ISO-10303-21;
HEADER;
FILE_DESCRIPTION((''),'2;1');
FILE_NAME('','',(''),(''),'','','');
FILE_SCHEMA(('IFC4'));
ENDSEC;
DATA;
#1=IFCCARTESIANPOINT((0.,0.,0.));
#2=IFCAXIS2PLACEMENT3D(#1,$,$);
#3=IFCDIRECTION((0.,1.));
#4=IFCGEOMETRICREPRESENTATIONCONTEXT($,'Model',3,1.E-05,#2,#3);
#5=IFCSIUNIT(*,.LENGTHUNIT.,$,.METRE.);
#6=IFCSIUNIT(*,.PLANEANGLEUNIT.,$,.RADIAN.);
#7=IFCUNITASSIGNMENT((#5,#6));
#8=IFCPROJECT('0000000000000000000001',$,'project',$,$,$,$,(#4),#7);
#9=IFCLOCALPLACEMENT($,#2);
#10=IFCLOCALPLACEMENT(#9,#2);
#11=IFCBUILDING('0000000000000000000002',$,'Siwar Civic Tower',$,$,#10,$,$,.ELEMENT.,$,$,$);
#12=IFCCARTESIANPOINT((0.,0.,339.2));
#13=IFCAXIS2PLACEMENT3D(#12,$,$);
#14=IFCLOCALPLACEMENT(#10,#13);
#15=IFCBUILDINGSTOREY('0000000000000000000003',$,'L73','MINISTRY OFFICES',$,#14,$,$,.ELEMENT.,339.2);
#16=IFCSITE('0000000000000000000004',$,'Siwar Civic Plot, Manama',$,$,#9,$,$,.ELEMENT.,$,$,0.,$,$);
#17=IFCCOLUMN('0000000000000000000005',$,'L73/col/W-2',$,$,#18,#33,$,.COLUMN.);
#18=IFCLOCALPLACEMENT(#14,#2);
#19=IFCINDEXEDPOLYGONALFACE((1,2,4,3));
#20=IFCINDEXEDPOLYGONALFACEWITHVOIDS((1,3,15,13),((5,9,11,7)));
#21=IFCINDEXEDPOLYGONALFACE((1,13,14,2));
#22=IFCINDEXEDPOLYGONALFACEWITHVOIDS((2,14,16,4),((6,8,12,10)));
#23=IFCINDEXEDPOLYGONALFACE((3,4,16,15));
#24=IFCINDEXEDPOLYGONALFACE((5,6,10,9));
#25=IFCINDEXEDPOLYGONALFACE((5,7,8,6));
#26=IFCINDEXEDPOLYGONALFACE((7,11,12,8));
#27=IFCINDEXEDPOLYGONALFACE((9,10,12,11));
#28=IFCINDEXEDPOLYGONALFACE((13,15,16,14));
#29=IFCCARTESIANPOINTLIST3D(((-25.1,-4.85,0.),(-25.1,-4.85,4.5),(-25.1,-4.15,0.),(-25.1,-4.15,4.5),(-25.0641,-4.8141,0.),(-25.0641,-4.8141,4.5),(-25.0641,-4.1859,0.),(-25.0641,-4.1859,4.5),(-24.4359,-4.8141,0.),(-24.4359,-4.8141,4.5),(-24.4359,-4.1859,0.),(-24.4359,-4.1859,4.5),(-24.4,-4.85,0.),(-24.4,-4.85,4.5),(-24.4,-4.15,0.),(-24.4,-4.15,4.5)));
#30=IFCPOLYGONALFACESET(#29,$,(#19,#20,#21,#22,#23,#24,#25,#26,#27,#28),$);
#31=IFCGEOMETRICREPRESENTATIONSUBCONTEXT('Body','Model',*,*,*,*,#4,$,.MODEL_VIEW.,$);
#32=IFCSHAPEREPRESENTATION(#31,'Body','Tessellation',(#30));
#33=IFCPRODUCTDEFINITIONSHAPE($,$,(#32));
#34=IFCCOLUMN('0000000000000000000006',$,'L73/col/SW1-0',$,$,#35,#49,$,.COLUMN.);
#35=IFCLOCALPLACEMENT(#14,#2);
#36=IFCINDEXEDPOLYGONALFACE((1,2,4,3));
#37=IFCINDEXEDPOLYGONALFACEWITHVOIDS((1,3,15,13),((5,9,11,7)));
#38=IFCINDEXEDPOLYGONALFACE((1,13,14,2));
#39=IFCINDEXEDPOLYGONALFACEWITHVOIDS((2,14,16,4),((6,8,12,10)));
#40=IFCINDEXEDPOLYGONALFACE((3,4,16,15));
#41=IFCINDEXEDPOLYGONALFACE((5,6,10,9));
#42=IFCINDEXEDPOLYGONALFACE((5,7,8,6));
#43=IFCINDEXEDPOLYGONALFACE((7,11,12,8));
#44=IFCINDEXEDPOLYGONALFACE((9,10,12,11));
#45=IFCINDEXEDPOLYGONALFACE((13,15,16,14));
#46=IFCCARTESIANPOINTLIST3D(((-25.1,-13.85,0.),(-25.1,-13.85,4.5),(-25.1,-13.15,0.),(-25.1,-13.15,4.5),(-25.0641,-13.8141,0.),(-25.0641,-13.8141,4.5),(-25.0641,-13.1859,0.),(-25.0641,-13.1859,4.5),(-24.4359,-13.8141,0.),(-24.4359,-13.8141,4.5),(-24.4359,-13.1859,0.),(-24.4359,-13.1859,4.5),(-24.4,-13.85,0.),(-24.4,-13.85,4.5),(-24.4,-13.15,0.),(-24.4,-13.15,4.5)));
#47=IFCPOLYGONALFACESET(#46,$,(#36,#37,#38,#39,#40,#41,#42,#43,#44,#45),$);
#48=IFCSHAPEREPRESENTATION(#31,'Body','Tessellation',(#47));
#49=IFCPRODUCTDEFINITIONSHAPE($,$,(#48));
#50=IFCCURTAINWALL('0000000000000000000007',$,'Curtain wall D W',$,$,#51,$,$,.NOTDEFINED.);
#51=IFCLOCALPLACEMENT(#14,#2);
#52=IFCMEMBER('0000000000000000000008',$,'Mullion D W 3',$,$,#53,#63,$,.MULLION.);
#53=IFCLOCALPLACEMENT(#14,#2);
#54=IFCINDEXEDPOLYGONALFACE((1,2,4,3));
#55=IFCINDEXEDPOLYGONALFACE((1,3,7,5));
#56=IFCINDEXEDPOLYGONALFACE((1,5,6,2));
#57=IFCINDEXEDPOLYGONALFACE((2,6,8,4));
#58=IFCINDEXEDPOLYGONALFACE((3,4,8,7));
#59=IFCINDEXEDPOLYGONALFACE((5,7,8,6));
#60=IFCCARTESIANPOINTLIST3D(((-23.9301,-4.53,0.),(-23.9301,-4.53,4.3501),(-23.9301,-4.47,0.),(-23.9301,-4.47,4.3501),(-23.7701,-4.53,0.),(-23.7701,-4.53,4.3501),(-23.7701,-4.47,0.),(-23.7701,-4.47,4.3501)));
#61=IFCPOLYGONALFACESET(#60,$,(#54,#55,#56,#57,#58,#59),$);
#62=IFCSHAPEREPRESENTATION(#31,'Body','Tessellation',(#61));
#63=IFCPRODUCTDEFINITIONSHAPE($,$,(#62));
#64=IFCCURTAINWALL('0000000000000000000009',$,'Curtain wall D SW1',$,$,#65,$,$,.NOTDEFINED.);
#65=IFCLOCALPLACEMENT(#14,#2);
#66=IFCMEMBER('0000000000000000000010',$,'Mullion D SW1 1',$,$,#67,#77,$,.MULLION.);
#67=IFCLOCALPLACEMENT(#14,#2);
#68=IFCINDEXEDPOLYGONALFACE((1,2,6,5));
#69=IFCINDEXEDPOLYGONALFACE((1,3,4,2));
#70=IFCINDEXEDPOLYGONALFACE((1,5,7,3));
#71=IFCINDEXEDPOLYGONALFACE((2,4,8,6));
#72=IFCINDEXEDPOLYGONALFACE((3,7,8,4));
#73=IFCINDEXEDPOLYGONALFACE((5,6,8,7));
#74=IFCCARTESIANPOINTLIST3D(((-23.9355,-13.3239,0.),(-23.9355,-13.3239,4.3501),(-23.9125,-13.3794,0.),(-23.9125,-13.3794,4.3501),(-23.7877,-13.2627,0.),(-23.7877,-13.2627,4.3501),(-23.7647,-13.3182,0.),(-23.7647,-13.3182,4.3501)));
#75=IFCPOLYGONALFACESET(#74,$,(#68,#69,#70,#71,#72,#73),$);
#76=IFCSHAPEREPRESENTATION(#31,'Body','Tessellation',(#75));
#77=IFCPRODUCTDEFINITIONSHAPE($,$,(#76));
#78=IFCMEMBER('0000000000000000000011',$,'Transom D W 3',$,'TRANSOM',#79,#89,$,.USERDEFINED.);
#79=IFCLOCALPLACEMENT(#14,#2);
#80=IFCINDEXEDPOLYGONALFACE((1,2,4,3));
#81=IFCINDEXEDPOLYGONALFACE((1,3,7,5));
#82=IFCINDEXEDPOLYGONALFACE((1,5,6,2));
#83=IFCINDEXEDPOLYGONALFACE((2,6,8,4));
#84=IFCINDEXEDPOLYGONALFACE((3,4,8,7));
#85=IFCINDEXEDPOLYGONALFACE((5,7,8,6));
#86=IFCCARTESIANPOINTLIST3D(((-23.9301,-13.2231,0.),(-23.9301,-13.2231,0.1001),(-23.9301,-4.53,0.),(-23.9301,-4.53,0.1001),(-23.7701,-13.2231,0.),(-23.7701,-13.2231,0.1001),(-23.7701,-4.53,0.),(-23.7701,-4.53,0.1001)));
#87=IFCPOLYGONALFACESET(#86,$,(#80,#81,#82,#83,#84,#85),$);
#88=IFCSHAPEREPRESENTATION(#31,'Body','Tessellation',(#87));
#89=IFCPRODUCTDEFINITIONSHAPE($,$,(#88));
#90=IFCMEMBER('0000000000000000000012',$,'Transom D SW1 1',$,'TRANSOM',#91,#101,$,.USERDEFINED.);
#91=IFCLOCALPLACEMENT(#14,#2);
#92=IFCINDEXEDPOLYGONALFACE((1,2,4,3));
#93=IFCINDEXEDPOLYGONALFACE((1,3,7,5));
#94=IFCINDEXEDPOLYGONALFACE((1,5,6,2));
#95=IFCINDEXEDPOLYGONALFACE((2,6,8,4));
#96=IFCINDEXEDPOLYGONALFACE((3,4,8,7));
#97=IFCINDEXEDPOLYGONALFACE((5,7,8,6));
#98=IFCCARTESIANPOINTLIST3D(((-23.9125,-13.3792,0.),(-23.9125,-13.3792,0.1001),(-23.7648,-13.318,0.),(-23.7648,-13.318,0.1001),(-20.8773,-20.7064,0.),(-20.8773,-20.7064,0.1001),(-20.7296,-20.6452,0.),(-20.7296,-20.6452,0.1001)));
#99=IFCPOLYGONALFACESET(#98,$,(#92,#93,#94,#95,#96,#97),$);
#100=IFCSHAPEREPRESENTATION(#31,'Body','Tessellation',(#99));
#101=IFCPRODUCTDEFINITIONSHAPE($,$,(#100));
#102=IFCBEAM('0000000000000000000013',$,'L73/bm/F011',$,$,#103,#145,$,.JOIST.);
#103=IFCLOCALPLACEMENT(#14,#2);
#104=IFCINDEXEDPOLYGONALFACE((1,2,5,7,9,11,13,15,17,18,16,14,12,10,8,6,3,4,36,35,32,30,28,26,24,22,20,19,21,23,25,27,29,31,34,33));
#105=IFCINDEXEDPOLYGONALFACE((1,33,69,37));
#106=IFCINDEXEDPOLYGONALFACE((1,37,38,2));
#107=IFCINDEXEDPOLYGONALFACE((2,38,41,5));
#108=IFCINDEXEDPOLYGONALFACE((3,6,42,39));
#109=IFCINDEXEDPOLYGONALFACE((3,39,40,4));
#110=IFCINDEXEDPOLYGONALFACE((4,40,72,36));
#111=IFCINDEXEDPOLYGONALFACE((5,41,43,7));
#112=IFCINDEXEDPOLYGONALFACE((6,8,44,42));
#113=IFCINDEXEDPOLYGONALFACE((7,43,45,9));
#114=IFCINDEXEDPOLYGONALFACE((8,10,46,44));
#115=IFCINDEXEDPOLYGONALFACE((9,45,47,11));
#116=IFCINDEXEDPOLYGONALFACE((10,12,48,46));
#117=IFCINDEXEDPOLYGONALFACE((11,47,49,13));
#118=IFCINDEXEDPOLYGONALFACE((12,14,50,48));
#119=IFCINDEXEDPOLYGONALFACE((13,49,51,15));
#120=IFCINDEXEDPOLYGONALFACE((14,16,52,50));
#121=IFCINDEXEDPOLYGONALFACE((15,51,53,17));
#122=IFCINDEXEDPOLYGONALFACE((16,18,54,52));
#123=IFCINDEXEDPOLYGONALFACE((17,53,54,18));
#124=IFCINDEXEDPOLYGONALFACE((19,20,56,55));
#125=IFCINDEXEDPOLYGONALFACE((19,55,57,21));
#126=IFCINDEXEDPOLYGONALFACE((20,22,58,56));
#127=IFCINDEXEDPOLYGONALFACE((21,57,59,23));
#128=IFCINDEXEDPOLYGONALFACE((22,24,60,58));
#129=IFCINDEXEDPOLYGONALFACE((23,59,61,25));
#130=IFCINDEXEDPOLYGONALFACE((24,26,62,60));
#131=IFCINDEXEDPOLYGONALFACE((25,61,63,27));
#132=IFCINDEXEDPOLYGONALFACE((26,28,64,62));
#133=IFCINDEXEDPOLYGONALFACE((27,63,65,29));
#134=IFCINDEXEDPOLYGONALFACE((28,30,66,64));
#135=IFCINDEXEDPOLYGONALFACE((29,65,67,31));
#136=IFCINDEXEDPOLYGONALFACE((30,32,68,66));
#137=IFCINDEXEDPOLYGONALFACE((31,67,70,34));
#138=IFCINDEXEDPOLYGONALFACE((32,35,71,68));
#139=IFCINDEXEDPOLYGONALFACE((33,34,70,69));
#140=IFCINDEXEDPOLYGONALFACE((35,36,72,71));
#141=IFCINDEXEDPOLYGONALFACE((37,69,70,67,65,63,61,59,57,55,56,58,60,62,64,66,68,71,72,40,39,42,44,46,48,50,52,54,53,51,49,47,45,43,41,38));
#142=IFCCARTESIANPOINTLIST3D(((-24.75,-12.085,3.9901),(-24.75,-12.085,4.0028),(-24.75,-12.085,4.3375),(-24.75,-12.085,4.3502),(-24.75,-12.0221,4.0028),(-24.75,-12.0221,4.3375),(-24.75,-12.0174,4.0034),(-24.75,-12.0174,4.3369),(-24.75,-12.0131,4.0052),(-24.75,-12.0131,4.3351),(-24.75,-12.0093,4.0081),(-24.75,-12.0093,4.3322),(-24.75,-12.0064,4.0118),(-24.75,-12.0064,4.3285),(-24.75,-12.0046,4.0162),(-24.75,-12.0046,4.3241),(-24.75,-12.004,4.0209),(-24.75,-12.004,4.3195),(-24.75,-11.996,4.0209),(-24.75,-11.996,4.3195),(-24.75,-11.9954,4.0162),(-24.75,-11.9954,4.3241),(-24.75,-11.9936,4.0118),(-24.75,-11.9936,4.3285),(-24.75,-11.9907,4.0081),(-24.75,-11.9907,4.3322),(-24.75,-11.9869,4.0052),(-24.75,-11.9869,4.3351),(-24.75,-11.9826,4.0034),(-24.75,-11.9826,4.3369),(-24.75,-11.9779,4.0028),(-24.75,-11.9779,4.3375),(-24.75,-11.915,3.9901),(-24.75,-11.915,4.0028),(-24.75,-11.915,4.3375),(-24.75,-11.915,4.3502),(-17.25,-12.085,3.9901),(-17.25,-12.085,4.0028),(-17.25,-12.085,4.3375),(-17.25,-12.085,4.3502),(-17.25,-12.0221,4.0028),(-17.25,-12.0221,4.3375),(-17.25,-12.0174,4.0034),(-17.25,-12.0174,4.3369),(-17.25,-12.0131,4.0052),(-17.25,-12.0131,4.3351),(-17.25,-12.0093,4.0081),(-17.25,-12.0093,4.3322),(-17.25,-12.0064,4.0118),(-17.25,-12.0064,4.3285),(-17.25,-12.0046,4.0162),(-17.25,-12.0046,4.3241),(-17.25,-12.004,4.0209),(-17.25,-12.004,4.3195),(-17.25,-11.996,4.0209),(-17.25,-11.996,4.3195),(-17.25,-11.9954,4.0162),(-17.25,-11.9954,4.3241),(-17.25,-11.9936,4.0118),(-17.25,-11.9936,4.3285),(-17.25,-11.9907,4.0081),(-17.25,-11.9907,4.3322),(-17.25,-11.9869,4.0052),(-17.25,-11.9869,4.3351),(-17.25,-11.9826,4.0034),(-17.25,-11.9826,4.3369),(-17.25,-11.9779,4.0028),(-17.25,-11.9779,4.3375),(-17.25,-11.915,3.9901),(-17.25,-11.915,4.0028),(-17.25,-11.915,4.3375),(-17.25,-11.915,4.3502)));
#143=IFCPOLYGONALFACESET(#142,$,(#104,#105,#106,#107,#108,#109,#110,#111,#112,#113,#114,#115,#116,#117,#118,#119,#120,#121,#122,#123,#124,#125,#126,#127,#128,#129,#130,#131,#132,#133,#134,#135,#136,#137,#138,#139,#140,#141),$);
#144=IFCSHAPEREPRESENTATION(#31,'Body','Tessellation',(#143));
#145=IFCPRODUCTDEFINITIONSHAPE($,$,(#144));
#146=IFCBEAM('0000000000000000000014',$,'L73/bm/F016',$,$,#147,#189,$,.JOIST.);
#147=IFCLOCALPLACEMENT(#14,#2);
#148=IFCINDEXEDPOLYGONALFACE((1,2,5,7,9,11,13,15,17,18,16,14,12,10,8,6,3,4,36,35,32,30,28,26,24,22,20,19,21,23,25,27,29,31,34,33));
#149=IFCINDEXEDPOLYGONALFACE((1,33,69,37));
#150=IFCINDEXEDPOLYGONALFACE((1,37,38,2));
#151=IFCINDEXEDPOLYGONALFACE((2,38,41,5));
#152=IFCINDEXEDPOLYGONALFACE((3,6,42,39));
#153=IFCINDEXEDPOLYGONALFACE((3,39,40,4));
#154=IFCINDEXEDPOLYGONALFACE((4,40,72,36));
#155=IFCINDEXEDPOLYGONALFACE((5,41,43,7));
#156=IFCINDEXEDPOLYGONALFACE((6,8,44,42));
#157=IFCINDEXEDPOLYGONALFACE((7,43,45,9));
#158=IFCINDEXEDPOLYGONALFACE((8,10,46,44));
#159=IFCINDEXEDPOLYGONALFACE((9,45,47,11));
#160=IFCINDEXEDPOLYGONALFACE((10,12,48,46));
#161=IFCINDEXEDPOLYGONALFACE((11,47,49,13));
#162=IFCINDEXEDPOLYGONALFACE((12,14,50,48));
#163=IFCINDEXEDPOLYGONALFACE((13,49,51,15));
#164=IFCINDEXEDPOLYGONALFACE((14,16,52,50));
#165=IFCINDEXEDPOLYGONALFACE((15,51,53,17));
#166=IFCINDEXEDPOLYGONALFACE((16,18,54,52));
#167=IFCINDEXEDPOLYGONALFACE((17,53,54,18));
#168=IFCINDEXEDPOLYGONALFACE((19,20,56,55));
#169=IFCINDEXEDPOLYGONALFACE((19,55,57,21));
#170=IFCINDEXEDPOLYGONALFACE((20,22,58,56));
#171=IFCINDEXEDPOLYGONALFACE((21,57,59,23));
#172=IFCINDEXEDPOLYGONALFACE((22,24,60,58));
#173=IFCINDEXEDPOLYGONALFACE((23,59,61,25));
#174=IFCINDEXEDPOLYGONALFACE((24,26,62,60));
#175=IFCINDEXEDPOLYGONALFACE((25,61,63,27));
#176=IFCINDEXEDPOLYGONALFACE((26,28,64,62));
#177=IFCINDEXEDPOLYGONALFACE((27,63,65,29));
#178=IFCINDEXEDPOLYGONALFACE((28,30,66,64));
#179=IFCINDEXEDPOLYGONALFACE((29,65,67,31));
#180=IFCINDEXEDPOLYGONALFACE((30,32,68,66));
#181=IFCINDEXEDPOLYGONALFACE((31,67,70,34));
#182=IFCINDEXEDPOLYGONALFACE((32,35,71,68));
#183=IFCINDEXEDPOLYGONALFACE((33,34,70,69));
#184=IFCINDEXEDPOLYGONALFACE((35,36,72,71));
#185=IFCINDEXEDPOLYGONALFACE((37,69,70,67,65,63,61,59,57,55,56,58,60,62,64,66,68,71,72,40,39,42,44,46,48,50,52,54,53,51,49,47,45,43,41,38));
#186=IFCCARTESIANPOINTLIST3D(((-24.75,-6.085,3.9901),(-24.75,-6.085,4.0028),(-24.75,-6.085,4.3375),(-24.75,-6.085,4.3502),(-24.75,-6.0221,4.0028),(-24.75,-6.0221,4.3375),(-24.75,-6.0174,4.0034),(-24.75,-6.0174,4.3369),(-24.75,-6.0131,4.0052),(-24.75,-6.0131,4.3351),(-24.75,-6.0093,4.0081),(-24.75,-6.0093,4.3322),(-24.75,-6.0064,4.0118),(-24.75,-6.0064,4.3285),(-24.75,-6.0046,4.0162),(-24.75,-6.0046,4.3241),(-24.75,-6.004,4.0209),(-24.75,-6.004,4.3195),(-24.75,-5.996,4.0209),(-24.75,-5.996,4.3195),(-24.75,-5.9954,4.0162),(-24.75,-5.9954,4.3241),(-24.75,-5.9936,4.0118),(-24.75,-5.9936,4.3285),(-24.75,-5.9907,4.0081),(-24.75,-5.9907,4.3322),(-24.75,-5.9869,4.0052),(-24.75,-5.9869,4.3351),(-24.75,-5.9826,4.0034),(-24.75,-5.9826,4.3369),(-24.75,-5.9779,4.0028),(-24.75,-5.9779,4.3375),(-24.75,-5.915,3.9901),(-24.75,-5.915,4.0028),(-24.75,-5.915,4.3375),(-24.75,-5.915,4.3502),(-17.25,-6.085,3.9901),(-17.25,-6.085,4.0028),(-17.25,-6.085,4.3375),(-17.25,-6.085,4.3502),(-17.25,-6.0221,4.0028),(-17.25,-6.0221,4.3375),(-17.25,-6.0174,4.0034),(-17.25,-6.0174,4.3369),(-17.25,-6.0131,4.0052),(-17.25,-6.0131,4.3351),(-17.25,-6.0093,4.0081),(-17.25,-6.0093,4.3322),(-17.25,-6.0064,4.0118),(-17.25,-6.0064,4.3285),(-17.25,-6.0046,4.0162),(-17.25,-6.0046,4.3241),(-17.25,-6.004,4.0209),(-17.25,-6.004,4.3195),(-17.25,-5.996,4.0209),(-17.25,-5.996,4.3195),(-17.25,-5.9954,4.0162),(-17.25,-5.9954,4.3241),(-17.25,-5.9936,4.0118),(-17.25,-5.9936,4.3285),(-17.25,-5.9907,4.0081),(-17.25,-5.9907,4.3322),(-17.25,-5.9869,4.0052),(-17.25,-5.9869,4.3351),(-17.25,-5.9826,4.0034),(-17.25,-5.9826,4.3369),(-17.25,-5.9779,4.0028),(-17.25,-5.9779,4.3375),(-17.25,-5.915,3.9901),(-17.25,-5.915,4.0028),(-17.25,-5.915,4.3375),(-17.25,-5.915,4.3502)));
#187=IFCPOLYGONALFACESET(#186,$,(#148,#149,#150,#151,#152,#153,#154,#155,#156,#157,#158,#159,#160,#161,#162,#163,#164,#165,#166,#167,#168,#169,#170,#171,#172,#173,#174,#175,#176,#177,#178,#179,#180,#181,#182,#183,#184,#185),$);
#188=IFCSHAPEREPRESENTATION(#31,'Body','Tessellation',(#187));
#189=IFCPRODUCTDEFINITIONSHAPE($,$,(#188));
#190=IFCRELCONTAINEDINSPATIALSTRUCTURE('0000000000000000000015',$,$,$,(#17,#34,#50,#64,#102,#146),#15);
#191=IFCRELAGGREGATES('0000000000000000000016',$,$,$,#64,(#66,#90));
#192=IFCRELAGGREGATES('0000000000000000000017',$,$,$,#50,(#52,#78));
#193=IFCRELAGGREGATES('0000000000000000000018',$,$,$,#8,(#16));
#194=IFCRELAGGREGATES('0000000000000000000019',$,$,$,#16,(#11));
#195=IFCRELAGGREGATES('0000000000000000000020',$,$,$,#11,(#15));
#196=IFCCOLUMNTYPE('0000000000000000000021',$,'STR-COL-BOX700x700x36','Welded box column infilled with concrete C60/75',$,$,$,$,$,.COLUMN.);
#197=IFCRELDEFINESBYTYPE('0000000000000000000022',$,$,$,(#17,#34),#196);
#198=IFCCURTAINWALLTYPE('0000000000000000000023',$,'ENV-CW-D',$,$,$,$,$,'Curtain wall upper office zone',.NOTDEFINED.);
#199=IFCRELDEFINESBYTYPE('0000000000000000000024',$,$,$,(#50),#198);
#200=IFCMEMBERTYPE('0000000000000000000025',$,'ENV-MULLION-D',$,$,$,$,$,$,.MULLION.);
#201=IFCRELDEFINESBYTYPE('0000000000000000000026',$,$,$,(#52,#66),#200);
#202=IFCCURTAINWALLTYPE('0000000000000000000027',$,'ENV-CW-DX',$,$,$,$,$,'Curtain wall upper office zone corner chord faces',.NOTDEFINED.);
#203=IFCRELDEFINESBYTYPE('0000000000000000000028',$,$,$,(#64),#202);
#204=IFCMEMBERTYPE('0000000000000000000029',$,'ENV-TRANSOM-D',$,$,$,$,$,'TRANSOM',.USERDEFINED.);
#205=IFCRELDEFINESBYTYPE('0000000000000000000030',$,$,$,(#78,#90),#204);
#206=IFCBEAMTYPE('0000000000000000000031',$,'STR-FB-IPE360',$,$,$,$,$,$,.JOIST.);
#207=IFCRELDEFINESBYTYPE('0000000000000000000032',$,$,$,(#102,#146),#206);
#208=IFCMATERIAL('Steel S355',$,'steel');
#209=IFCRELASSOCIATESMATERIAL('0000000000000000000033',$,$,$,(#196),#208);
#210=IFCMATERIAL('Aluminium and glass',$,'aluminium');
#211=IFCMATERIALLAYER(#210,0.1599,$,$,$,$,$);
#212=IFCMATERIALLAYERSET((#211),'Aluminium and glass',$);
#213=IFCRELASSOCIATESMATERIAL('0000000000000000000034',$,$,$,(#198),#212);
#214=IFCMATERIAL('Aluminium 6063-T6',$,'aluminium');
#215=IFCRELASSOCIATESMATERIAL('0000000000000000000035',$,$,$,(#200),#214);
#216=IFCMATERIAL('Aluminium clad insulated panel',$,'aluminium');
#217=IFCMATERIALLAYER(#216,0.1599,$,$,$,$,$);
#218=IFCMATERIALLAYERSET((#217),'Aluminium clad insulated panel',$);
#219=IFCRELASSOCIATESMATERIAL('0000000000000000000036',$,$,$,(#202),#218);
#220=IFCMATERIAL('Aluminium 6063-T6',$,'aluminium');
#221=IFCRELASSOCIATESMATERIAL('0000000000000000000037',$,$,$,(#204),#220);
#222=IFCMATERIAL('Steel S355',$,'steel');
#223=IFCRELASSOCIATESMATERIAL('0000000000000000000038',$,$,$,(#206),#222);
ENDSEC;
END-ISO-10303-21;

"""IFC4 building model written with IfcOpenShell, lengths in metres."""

from ifc_helpers import new_model, si_unit, direction, frame, origin, origin_2d, place, context, subcontext, project, spatial, rectangle, hollow_rectangle, i_section, extrude, material, layer, layer_set, material_profile, profile_set, type_object, element, aggregate, save


model = new_model("IFC4")

# Units and contexts
model_context = context("Model", 3, precision=1e-05, world=origin(), true_north=direction((0.0, 1.0)))
body_context = subcontext(model_context, "Body", "Model", "MODEL_VIEW")
ifc_project = project(units=[si_unit("LENGTHUNIT", "METRE"), si_unit("PLANEANGLEUNIT", "RADIAN")], contexts=[model_context])

# Site, building, storey
site_placement = place(None, origin())
site = spatial("IfcSite", under=ifc_project, at=site_placement, Name="Siwar Civic Plot, Manama", CompositionType="ELEMENT", RefElevation=0.0)
building_placement = place(site_placement, origin())
building = spatial("IfcBuilding", under=site, at=building_placement, Name="Siwar Civic Tower", CompositionType="ELEMENT")
storey_placement = place(building_placement, frame((0.0, 0.0, 339.2)))
storey = spatial("IfcBuildingStorey", under=building, at=storey_placement, Name="L73", Description="MINISTRY OFFICES", CompositionType="ELEMENT", Elevation=339.2)

# Columns
ifc_material_1 = material(Name="Steel S355", Category="steel")
ifc_material_profile_1 = material_profile(ifc_material_1, hollow_rectangle(XDim=0.7, YDim=0.7, WallThickness=0.0359, at=origin_2d()), Name="BOX700x700x36")
ifc_profile_set_1 = profile_set([ifc_material_profile_1], Name="Steel S355")
column_type = type_object("IfcColumnType", Name="STR-COL-BOX700x700x36", Description="Welded box column infilled with concrete C60/75", PredefinedType="COLUMN", material=ifc_profile_set_1)
for number, where, z_axis, x_axis, name in (
    (1, (-24.75, -4.5, 0.0), (0.0, 0.0, 1.0), (1.0, 0.0, 0.0), "L73/col/W-2"),
    (2, (-24.75, -13.5, 0.0), (0.0, 0.0, 1.0), (1.0, 0.0, 0.0), "L73/col/SW1-0"),
):
    element("IfcColumn", number, at=place(storey_placement, frame(where, z_axis=z_axis, x_axis=x_axis)), inside=storey, type_object=column_type, Name=name, PredefinedType="COLUMN", context=body_context, shape_type="SweptSolid", body=[
        extrude(hollow_rectangle(XDim=0.7, YDim=0.7, WallThickness=0.0359, at=origin_2d()), origin(), (0.0, 0.0, 1.0), 4.5),
    ])

# Curtain walls, members
ifc_material_2 = material(Name="Aluminium and glass", Category="aluminium")
ifc_layer_1 = layer(ifc_material_2, 0.1599)
ifc_layer_set_1 = layer_set([ifc_layer_1], Name="Aluminium and glass")
curtain_wall_type_1 = type_object("IfcCurtainWallType", Name="ENV-CW-D", ElementType="Curtain wall upper office zone", PredefinedType="NOTDEFINED", material=ifc_layer_set_1)
curtain_wall_1_placement = place(storey_placement, origin())
curtain_wall_1 = element("IfcCurtainWall", 3, at=curtain_wall_1_placement, inside=storey, type_object=curtain_wall_type_1, Name="Curtain wall D W", PredefinedType="NOTDEFINED")
ifc_material_3 = material(Name="Aluminium 6063-T6", Category="aluminium")
ifc_material_profile_2 = material_profile(ifc_material_3, rectangle(XDim=0.1599, YDim=0.0601, at=origin_2d()), Name="AL 160x60")
ifc_profile_set_2 = profile_set([ifc_material_profile_2], Name="Aluminium 6063-T6")
member_type_1 = type_object("IfcMemberType", Name="ENV-MULLION-D", PredefinedType="MULLION", material=ifc_profile_set_2)
member_1_placement = place(storey_placement, frame((-23.8501, -4.5, 0.0), z_axis=(0.0, 0.0, 1.0), x_axis=(1.0, 0.0, 0.0)))
member_1 = element("IfcMember", 4, at=member_1_placement, type_object=member_type_1, Name="Mullion D W 3", PredefinedType="MULLION", context=body_context, shape_type="SweptSolid", body=[
    extrude(rectangle(XDim=0.1599, YDim=0.0601, at=origin_2d()), origin(), (0.0, 0.0, 1.0), 4.3501),
])
ifc_material_4 = material(Name="Aluminium clad insulated panel", Category="aluminium")
ifc_layer_2 = layer(ifc_material_4, 0.1599)
ifc_layer_set_2 = layer_set([ifc_layer_2], Name="Aluminium clad insulated panel")
curtain_wall_type_2 = type_object("IfcCurtainWallType", Name="ENV-CW-DX", ElementType="Curtain wall upper office zone corner chord faces", PredefinedType="NOTDEFINED", material=ifc_layer_set_2)
curtain_wall_2_placement = place(storey_placement, origin())
curtain_wall_2 = element("IfcCurtainWall", 5, at=curtain_wall_2_placement, inside=storey, type_object=curtain_wall_type_2, Name="Curtain wall D SW1", PredefinedType="NOTDEFINED")
member_2_placement = place(storey_placement, frame((-23.8501, -13.321, 0.0), z_axis=(0.0, 0.0, 1.0), x_axis=(0.92388, 0.382683, 0.0)))
member_2 = element("IfcMember", 6, at=member_2_placement, type_object=member_type_1, Name="Mullion D SW1 1", PredefinedType="MULLION", context=body_context, shape_type="SweptSolid", body=[
    extrude(rectangle(XDim=0.1599, YDim=0.0601, at=origin_2d()), origin(), (0.0, 0.0, 1.0), 4.3501),
])

# Members
ifc_material_5 = material(Name="Aluminium 6063-T6", Category="aluminium")
ifc_material_profile_3 = material_profile(ifc_material_5, rectangle(XDim=0.1599, YDim=0.1001, at=origin_2d()), Name="AL 160x100")
ifc_profile_set_3 = profile_set([ifc_material_profile_3], Name="Aluminium 6063-T6")
member_type_2 = type_object("IfcMemberType", Name="ENV-TRANSOM-D", ElementType="TRANSOM", PredefinedType="USERDEFINED", material=ifc_profile_set_3)
member_3_placement = place(storey_placement, frame((-23.8501, -4.53, 0.05), z_axis=(0.0, -1.0, 0.0), x_axis=(1.0, 0.0, 0.0)))
member_3 = element("IfcMember", 7, at=member_3_placement, type_object=member_type_2, Name="Transom D W 3", ObjectType="TRANSOM", PredefinedType="USERDEFINED", context=body_context, shape_type="SweptSolid", body=[
    extrude(rectangle(XDim=0.1599, YDim=0.1001, at=origin_2d()), origin(), (0.0, 0.0, 1.0), 8.6931),
])
member_4_placement = place(storey_placement, frame((-23.8386, -13.3486, 0.05), z_axis=(0.3827, -0.923873, 0.0), x_axis=(0.923873, 0.3827, 0.0)))
member_4 = element("IfcMember", 8, at=member_4_placement, type_object=member_type_2, Name="Transom D SW1 1", ObjectType="TRANSOM", PredefinedType="USERDEFINED", context=body_context, shape_type="SweptSolid", body=[
    extrude(rectangle(XDim=0.1599, YDim=0.1001, at=origin_2d()), origin(), (0.0, 0.0, 1.0), 7.9309),
])
aggregate(curtain_wall_2, [member_2, member_4])

# Beams
ifc_material_6 = material(Name="Steel S355", Category="steel")
ifc_material_profile_4 = material_profile(ifc_material_6, i_section(OverallWidth=0.1699, OverallDepth=0.3601, WebThickness=0.0081, FlangeThickness=0.0127, FilletRadius=0.0181, at=origin_2d()), Name="IPE360")
ifc_profile_set_4 = profile_set([ifc_material_profile_4], Name="Steel S355")
beam_type_1 = type_object("IfcBeamType", Name="STR-FB-IPE360", PredefinedType="JOIST", material=ifc_profile_set_4)
for number, where, z_axis, x_axis, name in (
    (9, (-24.75, -12.0, 4.1702), (1.0, 0.0, 0.0), (0.0, 1.0, 0.0), "L73/bm/F011"),
    (10, (-24.75, -6.0, 4.1702), (1.0, 0.0, 0.0), (0.0, 1.0, 0.0), "L73/bm/F016"),
):
    element("IfcBeam", number, at=place(storey_placement, frame(where, z_axis=z_axis, x_axis=x_axis)), inside=storey, type_object=beam_type_1, Name=name, PredefinedType="JOIST", context=body_context, shape_type="SweptSolid", body=[
        extrude(i_section(OverallWidth=0.1699, OverallDepth=0.3601, WebThickness=0.0081, FlangeThickness=0.0127, FilletRadius=0.0181, at=origin_2d()), origin(), (0.0, 0.0, 1.0), 7.5),
    ])

aggregate(curtain_wall_1, [member_1, member_3])

save(model, "model.ifc")
